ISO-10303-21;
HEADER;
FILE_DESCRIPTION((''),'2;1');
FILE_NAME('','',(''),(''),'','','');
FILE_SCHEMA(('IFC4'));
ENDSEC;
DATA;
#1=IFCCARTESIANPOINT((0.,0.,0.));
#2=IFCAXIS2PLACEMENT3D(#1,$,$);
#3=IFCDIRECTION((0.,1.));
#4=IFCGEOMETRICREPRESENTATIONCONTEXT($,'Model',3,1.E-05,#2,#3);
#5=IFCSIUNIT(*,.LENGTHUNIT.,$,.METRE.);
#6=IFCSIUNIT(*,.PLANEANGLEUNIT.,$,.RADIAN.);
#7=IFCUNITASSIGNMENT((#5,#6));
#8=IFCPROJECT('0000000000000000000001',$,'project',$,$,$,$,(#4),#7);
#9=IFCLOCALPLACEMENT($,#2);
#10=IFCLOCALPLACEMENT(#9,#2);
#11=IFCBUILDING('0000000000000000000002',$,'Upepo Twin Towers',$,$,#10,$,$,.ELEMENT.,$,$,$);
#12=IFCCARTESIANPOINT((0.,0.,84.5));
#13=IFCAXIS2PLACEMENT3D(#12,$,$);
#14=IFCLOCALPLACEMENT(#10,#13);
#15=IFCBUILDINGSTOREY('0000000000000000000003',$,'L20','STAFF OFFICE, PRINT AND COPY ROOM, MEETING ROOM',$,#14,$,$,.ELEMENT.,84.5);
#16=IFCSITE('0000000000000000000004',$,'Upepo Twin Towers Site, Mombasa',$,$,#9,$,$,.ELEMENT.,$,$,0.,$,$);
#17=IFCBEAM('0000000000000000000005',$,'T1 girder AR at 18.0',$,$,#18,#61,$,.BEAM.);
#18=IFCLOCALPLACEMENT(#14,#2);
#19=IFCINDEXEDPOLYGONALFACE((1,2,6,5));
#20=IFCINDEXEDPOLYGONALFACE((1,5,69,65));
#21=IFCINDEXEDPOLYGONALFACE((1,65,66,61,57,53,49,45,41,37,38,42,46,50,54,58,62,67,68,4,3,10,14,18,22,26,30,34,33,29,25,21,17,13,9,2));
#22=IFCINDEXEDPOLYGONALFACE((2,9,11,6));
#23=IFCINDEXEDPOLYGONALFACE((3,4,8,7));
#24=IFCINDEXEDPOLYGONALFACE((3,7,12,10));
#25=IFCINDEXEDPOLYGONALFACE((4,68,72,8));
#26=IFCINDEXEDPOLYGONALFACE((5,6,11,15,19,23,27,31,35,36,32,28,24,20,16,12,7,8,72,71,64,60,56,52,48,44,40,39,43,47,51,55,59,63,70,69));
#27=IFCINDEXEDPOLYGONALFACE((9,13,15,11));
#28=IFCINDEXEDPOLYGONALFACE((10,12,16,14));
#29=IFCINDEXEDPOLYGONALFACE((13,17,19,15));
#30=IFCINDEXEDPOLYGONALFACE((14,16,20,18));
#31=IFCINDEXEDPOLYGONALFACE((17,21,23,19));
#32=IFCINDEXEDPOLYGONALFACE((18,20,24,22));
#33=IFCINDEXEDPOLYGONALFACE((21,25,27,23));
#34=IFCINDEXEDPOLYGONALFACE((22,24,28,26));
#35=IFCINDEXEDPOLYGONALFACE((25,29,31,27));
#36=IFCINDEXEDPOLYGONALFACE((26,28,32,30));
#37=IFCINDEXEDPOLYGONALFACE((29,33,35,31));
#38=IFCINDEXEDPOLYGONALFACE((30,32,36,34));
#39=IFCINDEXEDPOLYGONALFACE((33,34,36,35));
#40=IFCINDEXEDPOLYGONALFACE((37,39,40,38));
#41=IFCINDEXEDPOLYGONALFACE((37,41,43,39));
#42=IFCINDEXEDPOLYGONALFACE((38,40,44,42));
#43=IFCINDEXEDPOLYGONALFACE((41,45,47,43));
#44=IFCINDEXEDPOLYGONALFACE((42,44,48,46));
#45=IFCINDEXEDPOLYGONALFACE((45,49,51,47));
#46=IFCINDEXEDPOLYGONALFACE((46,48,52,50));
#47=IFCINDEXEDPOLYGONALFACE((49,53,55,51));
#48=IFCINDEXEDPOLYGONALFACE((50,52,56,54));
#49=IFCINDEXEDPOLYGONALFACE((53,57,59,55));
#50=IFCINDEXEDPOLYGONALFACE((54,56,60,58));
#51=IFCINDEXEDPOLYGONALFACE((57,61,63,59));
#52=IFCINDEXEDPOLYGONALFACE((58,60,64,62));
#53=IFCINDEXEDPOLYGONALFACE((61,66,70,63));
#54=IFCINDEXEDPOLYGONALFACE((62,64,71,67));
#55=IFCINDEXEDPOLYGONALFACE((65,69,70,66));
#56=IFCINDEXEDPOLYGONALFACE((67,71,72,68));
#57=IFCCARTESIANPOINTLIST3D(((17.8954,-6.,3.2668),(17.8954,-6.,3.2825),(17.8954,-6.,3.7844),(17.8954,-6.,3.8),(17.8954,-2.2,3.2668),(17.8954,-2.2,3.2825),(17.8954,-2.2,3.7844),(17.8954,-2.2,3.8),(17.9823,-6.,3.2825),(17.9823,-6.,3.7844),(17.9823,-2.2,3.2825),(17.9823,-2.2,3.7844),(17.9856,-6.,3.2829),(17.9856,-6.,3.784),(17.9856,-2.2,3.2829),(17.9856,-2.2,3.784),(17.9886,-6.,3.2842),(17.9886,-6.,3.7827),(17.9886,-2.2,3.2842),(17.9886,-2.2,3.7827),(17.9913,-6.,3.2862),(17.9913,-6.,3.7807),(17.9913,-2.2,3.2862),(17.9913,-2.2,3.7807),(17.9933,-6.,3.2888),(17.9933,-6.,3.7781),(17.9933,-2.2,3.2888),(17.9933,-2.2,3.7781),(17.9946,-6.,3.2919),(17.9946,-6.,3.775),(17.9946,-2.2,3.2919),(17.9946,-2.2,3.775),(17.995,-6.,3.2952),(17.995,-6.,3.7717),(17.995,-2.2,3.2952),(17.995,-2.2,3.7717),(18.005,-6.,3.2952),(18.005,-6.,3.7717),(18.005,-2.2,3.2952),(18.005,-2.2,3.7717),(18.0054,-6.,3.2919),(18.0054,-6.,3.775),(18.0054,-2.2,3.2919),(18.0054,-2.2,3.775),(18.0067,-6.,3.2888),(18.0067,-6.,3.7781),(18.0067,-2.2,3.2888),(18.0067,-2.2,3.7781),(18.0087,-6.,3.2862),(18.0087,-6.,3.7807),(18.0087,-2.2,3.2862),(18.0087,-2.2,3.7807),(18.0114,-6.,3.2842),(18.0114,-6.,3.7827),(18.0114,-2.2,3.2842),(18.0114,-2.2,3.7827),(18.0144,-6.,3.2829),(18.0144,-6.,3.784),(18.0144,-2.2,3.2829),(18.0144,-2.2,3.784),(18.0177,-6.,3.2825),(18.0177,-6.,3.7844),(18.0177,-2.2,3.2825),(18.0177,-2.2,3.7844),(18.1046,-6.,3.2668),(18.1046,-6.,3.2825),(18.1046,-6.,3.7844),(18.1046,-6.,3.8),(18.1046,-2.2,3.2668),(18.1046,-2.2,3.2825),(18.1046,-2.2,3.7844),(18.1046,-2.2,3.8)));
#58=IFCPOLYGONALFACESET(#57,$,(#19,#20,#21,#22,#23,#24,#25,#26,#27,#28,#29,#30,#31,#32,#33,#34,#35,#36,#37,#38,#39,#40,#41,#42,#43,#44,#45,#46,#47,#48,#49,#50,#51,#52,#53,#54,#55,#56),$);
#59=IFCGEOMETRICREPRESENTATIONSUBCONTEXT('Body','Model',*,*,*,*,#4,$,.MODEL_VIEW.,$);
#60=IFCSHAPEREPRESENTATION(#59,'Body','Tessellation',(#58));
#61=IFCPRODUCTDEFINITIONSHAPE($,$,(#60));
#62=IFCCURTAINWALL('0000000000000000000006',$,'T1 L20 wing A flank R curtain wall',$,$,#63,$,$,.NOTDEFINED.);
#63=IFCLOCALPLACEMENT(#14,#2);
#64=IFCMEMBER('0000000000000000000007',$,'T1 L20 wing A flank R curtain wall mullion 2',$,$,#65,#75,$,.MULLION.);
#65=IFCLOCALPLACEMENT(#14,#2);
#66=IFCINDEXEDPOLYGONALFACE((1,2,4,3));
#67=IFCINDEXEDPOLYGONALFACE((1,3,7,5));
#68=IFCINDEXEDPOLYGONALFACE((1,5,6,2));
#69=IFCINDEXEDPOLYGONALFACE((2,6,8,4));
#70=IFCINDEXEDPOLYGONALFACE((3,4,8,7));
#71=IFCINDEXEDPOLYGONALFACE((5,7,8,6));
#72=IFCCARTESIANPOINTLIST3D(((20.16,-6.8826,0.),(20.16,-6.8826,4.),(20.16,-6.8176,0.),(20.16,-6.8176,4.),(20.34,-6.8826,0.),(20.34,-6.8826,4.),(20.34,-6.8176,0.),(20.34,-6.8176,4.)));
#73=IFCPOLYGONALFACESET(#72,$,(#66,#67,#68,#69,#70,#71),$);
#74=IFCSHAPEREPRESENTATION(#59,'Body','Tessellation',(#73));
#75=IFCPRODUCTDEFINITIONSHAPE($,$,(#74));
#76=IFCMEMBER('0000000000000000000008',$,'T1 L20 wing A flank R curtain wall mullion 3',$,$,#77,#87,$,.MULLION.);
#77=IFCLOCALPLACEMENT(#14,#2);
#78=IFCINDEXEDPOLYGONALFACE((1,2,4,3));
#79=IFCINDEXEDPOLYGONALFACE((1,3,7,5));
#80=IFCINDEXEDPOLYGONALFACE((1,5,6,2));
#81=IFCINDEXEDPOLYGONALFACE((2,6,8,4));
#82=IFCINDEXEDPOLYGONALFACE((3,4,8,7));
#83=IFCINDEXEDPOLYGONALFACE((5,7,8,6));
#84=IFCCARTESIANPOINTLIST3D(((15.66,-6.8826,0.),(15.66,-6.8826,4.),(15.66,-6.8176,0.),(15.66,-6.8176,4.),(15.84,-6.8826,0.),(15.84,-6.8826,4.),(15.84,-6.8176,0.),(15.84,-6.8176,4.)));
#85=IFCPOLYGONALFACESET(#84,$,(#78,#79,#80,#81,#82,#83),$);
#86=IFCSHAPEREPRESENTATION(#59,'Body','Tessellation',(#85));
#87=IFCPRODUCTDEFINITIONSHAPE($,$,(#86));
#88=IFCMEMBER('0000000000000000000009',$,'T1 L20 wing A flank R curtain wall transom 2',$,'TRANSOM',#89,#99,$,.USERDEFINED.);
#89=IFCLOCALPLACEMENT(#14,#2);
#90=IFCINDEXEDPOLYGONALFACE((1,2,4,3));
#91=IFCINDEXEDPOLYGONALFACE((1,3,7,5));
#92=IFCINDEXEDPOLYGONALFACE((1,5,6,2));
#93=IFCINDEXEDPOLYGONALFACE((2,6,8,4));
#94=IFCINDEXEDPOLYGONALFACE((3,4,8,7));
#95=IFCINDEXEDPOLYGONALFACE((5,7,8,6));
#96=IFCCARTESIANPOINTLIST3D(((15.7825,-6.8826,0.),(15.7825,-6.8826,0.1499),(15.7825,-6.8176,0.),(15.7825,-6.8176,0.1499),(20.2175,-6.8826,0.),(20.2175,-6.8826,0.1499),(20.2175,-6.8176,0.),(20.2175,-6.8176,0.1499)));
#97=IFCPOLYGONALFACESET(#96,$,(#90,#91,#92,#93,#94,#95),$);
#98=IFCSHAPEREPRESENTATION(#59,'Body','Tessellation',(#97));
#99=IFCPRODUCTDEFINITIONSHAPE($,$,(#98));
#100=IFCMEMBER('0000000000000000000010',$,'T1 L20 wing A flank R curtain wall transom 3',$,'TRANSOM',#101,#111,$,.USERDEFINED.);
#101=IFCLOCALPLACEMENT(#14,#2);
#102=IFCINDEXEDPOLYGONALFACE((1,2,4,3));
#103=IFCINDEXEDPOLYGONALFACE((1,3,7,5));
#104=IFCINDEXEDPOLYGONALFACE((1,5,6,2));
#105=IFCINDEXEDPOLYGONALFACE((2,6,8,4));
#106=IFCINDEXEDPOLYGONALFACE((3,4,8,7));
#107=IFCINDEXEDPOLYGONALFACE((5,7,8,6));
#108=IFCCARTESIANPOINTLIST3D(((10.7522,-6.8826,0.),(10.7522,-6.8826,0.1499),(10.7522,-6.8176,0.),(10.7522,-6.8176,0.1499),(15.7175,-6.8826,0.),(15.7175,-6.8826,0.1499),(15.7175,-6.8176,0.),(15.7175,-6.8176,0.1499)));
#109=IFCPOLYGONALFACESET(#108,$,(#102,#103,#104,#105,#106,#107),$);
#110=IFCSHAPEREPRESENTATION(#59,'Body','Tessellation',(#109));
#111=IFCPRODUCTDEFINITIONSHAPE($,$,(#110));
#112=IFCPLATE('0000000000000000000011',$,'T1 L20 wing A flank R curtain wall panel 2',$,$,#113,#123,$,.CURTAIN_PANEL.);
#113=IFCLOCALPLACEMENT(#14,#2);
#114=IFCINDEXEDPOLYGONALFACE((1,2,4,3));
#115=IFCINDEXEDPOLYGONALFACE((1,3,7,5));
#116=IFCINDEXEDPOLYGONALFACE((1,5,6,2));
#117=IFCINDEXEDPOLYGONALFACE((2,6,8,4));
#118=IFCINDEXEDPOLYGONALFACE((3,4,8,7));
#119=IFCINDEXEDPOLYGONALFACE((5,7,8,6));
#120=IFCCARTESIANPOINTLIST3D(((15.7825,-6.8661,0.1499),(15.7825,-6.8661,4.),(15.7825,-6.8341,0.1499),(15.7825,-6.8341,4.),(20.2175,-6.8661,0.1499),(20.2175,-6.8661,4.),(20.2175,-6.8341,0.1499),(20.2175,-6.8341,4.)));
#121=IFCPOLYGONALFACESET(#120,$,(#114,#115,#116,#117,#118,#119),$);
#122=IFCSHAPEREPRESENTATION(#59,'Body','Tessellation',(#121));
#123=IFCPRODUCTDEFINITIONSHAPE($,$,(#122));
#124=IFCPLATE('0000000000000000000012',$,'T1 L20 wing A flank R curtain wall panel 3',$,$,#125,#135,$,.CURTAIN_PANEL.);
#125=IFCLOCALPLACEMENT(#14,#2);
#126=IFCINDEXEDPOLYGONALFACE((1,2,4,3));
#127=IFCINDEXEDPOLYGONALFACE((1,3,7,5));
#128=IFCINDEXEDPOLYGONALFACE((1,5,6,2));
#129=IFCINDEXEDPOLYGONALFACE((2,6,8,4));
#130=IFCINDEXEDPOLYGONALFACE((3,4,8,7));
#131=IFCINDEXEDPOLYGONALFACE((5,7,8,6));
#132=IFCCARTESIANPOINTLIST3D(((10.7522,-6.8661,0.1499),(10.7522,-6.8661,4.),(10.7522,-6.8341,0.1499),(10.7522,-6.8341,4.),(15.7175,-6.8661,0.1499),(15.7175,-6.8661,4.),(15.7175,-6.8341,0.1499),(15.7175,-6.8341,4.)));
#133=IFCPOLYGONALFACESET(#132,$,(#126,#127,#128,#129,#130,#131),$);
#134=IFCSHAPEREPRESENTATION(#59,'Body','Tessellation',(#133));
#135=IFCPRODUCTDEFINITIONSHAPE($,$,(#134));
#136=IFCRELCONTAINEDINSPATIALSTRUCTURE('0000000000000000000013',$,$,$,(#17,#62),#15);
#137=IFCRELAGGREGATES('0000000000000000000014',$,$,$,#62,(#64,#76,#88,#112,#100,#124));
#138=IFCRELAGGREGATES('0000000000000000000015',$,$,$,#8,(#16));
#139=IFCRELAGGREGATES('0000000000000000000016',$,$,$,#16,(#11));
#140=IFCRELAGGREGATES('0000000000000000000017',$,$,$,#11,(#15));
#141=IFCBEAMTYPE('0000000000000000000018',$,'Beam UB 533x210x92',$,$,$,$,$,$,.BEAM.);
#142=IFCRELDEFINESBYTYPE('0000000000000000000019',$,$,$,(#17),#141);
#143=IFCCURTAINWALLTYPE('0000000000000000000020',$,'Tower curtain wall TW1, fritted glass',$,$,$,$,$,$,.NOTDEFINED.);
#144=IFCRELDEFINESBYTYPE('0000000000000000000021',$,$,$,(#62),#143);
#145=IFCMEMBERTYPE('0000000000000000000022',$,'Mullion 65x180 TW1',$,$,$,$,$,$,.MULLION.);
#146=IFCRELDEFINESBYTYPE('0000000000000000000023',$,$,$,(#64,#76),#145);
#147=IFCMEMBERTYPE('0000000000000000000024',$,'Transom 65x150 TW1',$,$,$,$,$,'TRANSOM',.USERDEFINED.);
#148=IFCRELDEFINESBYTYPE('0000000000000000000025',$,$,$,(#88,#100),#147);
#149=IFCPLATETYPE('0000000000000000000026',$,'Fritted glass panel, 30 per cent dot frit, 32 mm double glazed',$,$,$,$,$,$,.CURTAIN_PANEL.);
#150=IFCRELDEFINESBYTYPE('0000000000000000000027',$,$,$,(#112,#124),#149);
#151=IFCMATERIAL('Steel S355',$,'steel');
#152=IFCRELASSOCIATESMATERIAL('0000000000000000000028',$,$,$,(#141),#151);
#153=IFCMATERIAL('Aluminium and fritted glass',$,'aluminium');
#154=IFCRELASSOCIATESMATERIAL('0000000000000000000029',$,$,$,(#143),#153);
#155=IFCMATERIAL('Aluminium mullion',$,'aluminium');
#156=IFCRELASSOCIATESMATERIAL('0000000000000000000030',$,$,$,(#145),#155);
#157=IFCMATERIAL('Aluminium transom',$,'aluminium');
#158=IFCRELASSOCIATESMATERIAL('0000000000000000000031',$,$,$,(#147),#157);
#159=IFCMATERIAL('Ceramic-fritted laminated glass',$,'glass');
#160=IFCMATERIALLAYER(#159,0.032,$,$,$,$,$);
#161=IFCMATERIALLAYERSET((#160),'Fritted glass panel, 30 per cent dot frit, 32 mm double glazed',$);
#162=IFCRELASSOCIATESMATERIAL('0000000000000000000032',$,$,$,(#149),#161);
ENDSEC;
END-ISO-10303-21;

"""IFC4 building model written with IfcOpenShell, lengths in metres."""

from ifc_helpers import new_model, si_unit, direction, frame, origin, origin_2d, place, context, subcontext, project, spatial, rectangle, i_section, extrude, material, layer, layer_set, material_profile, profile_set, type_object, element, aggregate, save


model = new_model("IFC4")

# Units and contexts
model_context = context("Model", 3, precision=1e-05, world=origin(), true_north=direction((0.0, 1.0)))
body_context = subcontext(model_context, "Body", "Model", "MODEL_VIEW")
ifc_project = project(units=[si_unit("LENGTHUNIT", "METRE"), si_unit("PLANEANGLEUNIT", "RADIAN")], contexts=[model_context])

# Site, building, storey
site_placement = place(None, origin())
site = spatial("IfcSite", under=ifc_project, at=site_placement, Name="Upepo Twin Towers Site, Mombasa", CompositionType="ELEMENT", RefElevation=0.0)
building_placement = place(site_placement, origin())
building = spatial("IfcBuilding", under=site, at=building_placement, Name="Upepo Twin Towers", CompositionType="ELEMENT")
storey_placement = place(building_placement, frame((0.0, 0.0, 84.5)))
storey = spatial("IfcBuildingStorey", under=building, at=storey_placement, Name="L20", Description="STAFF OFFICE, PRINT AND COPY ROOM, MEETING ROOM", CompositionType="ELEMENT", Elevation=84.5)

# Beam
ifc_material_1 = material(Name="Steel S355", Category="steel")
ifc_material_profile_1 = material_profile(ifc_material_1, i_section(OverallWidth=0.2092, OverallDepth=0.5332, WebThickness=0.01, FlangeThickness=0.0156, FilletRadius=0.0127, at=origin_2d()), Name="UB 533x210x92")
ifc_profile_set_1 = profile_set([ifc_material_profile_1], Name="Steel S355")
beam_type_1 = type_object("IfcBeamType", Name="Beam UB 533x210x92", PredefinedType="BEAM", material=ifc_profile_set_1)
for number, where, z_axis, x_axis, name in (
    (1, (18.0, -6.0, 3.5334), (0.0, 1.0, 0.0), (-1.0, 0.0, 0.0), "T1 girder AR at 18.0"),
):
    element("IfcBeam", number, at=place(storey_placement, frame(where, z_axis=z_axis, x_axis=x_axis)), inside=storey, type_object=beam_type_1, Name=name, PredefinedType="BEAM", context=body_context, shape_type="SweptSolid", body=[
        extrude(i_section(OverallWidth=0.2092, OverallDepth=0.5332, WebThickness=0.01, FlangeThickness=0.0156, FilletRadius=0.0127, at=origin_2d()), origin(), (0.0, 0.0, 1.0), 3.8),
    ])

# Curtain wall, members, plates
ifc_material_2 = material(Name="Aluminium and fritted glass", Category="aluminium")
curtain_wall_type = type_object("IfcCurtainWallType", Name="Tower curtain wall TW1, fritted glass", PredefinedType="NOTDEFINED", material=ifc_material_2)
curtain_wall_placement = place(storey_placement, origin())
curtain_wall = element("IfcCurtainWall", 2, at=curtain_wall_placement, inside=storey, type_object=curtain_wall_type, Name="T1 L20 wing A flank R curtain wall", PredefinedType="NOTDEFINED")
ifc_material_3 = material(Name="Aluminium mullion", Category="aluminium")
ifc_material_profile_2 = material_profile(ifc_material_3, rectangle(XDim=0.0649, YDim=0.1799, at=origin_2d()), Name="MULLION 65x180")
ifc_profile_set_2 = profile_set([ifc_material_profile_2], Name="Aluminium mullion")
member_type_1 = type_object("IfcMemberType", Name="Mullion 65x180 TW1", PredefinedType="MULLION", material=ifc_profile_set_2)
member_1_placement = place(storey_placement, frame((20.25, -6.8501, 0.0), z_axis=(0.0, 0.0, 1.0), x_axis=(0.0, -1.0, 0.0)))
member_1 = element("IfcMember", 3, at=member_1_placement, type_object=member_type_1, Name="T1 L20 wing A flank R curtain wall mullion 2", PredefinedType="MULLION", context=body_context, shape_type="SweptSolid", body=[
    extrude(rectangle(XDim=0.0649, YDim=0.1799, at=origin_2d()), origin(), (0.0, 0.0, 1.0), 4.0),
])
member_2_placement = place(storey_placement, frame((15.75, -6.8501, 0.0), z_axis=(0.0, 0.0, 1.0), x_axis=(0.0, -1.0, 0.0)))
member_2 = element("IfcMember", 4, at=member_2_placement, type_object=member_type_1, Name="T1 L20 wing A flank R curtain wall mullion 3", PredefinedType="MULLION", context=body_context, shape_type="SweptSolid", body=[
    extrude(rectangle(XDim=0.0649, YDim=0.1799, at=origin_2d()), origin(), (0.0, 0.0, 1.0), 4.0),
])
ifc_material_4 = material(Name="Aluminium transom", Category="aluminium")
ifc_material_profile_3 = material_profile(ifc_material_4, rectangle(XDim=0.0649, YDim=0.1499, at=origin_2d()), Name="TRANSOM 65x150")
ifc_profile_set_3 = profile_set([ifc_material_profile_3], Name="Aluminium transom")
member_type_2 = type_object("IfcMemberType", Name="Transom 65x150 TW1", ElementType="TRANSOM", PredefinedType="USERDEFINED", material=ifc_profile_set_3)
member_3_placement = place(storey_placement, frame((20.2175, -6.8501, 0.075), z_axis=(-1.0, 0.0, 0.0), x_axis=(0.0, -1.0, 0.0)))
member_3 = element("IfcMember", 5, at=member_3_placement, type_object=member_type_2, Name="T1 L20 wing A flank R curtain wall transom 2", ObjectType="TRANSOM", PredefinedType="USERDEFINED", context=body_context, shape_type="SweptSolid", body=[
    extrude(rectangle(XDim=0.0649, YDim=0.1499, at=origin_2d()), origin(), (0.0, 0.0, 1.0), 4.4351),
])
member_4_placement = place(storey_placement, frame((15.7175, -6.8501, 0.075), z_axis=(-1.0, 0.0, 0.0), x_axis=(0.0, -1.0, 0.0)))
member_4 = element("IfcMember", 6, at=member_4_placement, type_object=member_type_2, Name="T1 L20 wing A flank R curtain wall transom 3", ObjectType="TRANSOM", PredefinedType="USERDEFINED", context=body_context, shape_type="SweptSolid", body=[
    extrude(rectangle(XDim=0.0649, YDim=0.1499, at=origin_2d()), origin(), (0.0, 0.0, 1.0), 4.9653),
])
ifc_material_5 = material(Name="Ceramic-fritted laminated glass", Category="glass")
ifc_layer_1 = layer(ifc_material_5, 0.032)
ifc_layer_set_1 = layer_set([ifc_layer_1], Name="Fritted glass panel, 30 per cent dot frit, 32 mm double glazed")
plate_type = type_object("IfcPlateType", Name="Fritted glass panel, 30 per cent dot frit, 32 mm double glazed", PredefinedType="CURTAIN_PANEL", material=ifc_layer_set_1)
plate_1_placement = place(storey_placement, frame((18.0, -6.8501, 0.1499), z_axis=(0.0, 0.0, 1.0), x_axis=(-1.0, 0.0, 0.0)))
plate_1 = element("IfcPlate", 7, at=plate_1_placement, type_object=plate_type, Name="T1 L20 wing A flank R curtain wall panel 2", PredefinedType="CURTAIN_PANEL", context=body_context, shape_type="SweptSolid", body=[
    extrude(rectangle(XDim=4.4351, YDim=0.032, at=origin_2d()), origin(), (0.0, 0.0, 1.0), 3.8501),
])
plate_2_placement = place(storey_placement, frame((13.2349, -6.8501, 0.1499), z_axis=(0.0, 0.0, 1.0), x_axis=(-1.0, 0.0, 0.0)))
plate_2 = element("IfcPlate", 8, at=plate_2_placement, type_object=plate_type, Name="T1 L20 wing A flank R curtain wall panel 3", PredefinedType="CURTAIN_PANEL", context=body_context, shape_type="SweptSolid", body=[
    extrude(rectangle(XDim=4.9653, YDim=0.032, at=origin_2d()), origin(), (0.0, 0.0, 1.0), 3.8501),
])
aggregate(curtain_wall, [member_1, member_2, member_3, plate_1, member_4, plate_2])

save(model, "model.ifc")
